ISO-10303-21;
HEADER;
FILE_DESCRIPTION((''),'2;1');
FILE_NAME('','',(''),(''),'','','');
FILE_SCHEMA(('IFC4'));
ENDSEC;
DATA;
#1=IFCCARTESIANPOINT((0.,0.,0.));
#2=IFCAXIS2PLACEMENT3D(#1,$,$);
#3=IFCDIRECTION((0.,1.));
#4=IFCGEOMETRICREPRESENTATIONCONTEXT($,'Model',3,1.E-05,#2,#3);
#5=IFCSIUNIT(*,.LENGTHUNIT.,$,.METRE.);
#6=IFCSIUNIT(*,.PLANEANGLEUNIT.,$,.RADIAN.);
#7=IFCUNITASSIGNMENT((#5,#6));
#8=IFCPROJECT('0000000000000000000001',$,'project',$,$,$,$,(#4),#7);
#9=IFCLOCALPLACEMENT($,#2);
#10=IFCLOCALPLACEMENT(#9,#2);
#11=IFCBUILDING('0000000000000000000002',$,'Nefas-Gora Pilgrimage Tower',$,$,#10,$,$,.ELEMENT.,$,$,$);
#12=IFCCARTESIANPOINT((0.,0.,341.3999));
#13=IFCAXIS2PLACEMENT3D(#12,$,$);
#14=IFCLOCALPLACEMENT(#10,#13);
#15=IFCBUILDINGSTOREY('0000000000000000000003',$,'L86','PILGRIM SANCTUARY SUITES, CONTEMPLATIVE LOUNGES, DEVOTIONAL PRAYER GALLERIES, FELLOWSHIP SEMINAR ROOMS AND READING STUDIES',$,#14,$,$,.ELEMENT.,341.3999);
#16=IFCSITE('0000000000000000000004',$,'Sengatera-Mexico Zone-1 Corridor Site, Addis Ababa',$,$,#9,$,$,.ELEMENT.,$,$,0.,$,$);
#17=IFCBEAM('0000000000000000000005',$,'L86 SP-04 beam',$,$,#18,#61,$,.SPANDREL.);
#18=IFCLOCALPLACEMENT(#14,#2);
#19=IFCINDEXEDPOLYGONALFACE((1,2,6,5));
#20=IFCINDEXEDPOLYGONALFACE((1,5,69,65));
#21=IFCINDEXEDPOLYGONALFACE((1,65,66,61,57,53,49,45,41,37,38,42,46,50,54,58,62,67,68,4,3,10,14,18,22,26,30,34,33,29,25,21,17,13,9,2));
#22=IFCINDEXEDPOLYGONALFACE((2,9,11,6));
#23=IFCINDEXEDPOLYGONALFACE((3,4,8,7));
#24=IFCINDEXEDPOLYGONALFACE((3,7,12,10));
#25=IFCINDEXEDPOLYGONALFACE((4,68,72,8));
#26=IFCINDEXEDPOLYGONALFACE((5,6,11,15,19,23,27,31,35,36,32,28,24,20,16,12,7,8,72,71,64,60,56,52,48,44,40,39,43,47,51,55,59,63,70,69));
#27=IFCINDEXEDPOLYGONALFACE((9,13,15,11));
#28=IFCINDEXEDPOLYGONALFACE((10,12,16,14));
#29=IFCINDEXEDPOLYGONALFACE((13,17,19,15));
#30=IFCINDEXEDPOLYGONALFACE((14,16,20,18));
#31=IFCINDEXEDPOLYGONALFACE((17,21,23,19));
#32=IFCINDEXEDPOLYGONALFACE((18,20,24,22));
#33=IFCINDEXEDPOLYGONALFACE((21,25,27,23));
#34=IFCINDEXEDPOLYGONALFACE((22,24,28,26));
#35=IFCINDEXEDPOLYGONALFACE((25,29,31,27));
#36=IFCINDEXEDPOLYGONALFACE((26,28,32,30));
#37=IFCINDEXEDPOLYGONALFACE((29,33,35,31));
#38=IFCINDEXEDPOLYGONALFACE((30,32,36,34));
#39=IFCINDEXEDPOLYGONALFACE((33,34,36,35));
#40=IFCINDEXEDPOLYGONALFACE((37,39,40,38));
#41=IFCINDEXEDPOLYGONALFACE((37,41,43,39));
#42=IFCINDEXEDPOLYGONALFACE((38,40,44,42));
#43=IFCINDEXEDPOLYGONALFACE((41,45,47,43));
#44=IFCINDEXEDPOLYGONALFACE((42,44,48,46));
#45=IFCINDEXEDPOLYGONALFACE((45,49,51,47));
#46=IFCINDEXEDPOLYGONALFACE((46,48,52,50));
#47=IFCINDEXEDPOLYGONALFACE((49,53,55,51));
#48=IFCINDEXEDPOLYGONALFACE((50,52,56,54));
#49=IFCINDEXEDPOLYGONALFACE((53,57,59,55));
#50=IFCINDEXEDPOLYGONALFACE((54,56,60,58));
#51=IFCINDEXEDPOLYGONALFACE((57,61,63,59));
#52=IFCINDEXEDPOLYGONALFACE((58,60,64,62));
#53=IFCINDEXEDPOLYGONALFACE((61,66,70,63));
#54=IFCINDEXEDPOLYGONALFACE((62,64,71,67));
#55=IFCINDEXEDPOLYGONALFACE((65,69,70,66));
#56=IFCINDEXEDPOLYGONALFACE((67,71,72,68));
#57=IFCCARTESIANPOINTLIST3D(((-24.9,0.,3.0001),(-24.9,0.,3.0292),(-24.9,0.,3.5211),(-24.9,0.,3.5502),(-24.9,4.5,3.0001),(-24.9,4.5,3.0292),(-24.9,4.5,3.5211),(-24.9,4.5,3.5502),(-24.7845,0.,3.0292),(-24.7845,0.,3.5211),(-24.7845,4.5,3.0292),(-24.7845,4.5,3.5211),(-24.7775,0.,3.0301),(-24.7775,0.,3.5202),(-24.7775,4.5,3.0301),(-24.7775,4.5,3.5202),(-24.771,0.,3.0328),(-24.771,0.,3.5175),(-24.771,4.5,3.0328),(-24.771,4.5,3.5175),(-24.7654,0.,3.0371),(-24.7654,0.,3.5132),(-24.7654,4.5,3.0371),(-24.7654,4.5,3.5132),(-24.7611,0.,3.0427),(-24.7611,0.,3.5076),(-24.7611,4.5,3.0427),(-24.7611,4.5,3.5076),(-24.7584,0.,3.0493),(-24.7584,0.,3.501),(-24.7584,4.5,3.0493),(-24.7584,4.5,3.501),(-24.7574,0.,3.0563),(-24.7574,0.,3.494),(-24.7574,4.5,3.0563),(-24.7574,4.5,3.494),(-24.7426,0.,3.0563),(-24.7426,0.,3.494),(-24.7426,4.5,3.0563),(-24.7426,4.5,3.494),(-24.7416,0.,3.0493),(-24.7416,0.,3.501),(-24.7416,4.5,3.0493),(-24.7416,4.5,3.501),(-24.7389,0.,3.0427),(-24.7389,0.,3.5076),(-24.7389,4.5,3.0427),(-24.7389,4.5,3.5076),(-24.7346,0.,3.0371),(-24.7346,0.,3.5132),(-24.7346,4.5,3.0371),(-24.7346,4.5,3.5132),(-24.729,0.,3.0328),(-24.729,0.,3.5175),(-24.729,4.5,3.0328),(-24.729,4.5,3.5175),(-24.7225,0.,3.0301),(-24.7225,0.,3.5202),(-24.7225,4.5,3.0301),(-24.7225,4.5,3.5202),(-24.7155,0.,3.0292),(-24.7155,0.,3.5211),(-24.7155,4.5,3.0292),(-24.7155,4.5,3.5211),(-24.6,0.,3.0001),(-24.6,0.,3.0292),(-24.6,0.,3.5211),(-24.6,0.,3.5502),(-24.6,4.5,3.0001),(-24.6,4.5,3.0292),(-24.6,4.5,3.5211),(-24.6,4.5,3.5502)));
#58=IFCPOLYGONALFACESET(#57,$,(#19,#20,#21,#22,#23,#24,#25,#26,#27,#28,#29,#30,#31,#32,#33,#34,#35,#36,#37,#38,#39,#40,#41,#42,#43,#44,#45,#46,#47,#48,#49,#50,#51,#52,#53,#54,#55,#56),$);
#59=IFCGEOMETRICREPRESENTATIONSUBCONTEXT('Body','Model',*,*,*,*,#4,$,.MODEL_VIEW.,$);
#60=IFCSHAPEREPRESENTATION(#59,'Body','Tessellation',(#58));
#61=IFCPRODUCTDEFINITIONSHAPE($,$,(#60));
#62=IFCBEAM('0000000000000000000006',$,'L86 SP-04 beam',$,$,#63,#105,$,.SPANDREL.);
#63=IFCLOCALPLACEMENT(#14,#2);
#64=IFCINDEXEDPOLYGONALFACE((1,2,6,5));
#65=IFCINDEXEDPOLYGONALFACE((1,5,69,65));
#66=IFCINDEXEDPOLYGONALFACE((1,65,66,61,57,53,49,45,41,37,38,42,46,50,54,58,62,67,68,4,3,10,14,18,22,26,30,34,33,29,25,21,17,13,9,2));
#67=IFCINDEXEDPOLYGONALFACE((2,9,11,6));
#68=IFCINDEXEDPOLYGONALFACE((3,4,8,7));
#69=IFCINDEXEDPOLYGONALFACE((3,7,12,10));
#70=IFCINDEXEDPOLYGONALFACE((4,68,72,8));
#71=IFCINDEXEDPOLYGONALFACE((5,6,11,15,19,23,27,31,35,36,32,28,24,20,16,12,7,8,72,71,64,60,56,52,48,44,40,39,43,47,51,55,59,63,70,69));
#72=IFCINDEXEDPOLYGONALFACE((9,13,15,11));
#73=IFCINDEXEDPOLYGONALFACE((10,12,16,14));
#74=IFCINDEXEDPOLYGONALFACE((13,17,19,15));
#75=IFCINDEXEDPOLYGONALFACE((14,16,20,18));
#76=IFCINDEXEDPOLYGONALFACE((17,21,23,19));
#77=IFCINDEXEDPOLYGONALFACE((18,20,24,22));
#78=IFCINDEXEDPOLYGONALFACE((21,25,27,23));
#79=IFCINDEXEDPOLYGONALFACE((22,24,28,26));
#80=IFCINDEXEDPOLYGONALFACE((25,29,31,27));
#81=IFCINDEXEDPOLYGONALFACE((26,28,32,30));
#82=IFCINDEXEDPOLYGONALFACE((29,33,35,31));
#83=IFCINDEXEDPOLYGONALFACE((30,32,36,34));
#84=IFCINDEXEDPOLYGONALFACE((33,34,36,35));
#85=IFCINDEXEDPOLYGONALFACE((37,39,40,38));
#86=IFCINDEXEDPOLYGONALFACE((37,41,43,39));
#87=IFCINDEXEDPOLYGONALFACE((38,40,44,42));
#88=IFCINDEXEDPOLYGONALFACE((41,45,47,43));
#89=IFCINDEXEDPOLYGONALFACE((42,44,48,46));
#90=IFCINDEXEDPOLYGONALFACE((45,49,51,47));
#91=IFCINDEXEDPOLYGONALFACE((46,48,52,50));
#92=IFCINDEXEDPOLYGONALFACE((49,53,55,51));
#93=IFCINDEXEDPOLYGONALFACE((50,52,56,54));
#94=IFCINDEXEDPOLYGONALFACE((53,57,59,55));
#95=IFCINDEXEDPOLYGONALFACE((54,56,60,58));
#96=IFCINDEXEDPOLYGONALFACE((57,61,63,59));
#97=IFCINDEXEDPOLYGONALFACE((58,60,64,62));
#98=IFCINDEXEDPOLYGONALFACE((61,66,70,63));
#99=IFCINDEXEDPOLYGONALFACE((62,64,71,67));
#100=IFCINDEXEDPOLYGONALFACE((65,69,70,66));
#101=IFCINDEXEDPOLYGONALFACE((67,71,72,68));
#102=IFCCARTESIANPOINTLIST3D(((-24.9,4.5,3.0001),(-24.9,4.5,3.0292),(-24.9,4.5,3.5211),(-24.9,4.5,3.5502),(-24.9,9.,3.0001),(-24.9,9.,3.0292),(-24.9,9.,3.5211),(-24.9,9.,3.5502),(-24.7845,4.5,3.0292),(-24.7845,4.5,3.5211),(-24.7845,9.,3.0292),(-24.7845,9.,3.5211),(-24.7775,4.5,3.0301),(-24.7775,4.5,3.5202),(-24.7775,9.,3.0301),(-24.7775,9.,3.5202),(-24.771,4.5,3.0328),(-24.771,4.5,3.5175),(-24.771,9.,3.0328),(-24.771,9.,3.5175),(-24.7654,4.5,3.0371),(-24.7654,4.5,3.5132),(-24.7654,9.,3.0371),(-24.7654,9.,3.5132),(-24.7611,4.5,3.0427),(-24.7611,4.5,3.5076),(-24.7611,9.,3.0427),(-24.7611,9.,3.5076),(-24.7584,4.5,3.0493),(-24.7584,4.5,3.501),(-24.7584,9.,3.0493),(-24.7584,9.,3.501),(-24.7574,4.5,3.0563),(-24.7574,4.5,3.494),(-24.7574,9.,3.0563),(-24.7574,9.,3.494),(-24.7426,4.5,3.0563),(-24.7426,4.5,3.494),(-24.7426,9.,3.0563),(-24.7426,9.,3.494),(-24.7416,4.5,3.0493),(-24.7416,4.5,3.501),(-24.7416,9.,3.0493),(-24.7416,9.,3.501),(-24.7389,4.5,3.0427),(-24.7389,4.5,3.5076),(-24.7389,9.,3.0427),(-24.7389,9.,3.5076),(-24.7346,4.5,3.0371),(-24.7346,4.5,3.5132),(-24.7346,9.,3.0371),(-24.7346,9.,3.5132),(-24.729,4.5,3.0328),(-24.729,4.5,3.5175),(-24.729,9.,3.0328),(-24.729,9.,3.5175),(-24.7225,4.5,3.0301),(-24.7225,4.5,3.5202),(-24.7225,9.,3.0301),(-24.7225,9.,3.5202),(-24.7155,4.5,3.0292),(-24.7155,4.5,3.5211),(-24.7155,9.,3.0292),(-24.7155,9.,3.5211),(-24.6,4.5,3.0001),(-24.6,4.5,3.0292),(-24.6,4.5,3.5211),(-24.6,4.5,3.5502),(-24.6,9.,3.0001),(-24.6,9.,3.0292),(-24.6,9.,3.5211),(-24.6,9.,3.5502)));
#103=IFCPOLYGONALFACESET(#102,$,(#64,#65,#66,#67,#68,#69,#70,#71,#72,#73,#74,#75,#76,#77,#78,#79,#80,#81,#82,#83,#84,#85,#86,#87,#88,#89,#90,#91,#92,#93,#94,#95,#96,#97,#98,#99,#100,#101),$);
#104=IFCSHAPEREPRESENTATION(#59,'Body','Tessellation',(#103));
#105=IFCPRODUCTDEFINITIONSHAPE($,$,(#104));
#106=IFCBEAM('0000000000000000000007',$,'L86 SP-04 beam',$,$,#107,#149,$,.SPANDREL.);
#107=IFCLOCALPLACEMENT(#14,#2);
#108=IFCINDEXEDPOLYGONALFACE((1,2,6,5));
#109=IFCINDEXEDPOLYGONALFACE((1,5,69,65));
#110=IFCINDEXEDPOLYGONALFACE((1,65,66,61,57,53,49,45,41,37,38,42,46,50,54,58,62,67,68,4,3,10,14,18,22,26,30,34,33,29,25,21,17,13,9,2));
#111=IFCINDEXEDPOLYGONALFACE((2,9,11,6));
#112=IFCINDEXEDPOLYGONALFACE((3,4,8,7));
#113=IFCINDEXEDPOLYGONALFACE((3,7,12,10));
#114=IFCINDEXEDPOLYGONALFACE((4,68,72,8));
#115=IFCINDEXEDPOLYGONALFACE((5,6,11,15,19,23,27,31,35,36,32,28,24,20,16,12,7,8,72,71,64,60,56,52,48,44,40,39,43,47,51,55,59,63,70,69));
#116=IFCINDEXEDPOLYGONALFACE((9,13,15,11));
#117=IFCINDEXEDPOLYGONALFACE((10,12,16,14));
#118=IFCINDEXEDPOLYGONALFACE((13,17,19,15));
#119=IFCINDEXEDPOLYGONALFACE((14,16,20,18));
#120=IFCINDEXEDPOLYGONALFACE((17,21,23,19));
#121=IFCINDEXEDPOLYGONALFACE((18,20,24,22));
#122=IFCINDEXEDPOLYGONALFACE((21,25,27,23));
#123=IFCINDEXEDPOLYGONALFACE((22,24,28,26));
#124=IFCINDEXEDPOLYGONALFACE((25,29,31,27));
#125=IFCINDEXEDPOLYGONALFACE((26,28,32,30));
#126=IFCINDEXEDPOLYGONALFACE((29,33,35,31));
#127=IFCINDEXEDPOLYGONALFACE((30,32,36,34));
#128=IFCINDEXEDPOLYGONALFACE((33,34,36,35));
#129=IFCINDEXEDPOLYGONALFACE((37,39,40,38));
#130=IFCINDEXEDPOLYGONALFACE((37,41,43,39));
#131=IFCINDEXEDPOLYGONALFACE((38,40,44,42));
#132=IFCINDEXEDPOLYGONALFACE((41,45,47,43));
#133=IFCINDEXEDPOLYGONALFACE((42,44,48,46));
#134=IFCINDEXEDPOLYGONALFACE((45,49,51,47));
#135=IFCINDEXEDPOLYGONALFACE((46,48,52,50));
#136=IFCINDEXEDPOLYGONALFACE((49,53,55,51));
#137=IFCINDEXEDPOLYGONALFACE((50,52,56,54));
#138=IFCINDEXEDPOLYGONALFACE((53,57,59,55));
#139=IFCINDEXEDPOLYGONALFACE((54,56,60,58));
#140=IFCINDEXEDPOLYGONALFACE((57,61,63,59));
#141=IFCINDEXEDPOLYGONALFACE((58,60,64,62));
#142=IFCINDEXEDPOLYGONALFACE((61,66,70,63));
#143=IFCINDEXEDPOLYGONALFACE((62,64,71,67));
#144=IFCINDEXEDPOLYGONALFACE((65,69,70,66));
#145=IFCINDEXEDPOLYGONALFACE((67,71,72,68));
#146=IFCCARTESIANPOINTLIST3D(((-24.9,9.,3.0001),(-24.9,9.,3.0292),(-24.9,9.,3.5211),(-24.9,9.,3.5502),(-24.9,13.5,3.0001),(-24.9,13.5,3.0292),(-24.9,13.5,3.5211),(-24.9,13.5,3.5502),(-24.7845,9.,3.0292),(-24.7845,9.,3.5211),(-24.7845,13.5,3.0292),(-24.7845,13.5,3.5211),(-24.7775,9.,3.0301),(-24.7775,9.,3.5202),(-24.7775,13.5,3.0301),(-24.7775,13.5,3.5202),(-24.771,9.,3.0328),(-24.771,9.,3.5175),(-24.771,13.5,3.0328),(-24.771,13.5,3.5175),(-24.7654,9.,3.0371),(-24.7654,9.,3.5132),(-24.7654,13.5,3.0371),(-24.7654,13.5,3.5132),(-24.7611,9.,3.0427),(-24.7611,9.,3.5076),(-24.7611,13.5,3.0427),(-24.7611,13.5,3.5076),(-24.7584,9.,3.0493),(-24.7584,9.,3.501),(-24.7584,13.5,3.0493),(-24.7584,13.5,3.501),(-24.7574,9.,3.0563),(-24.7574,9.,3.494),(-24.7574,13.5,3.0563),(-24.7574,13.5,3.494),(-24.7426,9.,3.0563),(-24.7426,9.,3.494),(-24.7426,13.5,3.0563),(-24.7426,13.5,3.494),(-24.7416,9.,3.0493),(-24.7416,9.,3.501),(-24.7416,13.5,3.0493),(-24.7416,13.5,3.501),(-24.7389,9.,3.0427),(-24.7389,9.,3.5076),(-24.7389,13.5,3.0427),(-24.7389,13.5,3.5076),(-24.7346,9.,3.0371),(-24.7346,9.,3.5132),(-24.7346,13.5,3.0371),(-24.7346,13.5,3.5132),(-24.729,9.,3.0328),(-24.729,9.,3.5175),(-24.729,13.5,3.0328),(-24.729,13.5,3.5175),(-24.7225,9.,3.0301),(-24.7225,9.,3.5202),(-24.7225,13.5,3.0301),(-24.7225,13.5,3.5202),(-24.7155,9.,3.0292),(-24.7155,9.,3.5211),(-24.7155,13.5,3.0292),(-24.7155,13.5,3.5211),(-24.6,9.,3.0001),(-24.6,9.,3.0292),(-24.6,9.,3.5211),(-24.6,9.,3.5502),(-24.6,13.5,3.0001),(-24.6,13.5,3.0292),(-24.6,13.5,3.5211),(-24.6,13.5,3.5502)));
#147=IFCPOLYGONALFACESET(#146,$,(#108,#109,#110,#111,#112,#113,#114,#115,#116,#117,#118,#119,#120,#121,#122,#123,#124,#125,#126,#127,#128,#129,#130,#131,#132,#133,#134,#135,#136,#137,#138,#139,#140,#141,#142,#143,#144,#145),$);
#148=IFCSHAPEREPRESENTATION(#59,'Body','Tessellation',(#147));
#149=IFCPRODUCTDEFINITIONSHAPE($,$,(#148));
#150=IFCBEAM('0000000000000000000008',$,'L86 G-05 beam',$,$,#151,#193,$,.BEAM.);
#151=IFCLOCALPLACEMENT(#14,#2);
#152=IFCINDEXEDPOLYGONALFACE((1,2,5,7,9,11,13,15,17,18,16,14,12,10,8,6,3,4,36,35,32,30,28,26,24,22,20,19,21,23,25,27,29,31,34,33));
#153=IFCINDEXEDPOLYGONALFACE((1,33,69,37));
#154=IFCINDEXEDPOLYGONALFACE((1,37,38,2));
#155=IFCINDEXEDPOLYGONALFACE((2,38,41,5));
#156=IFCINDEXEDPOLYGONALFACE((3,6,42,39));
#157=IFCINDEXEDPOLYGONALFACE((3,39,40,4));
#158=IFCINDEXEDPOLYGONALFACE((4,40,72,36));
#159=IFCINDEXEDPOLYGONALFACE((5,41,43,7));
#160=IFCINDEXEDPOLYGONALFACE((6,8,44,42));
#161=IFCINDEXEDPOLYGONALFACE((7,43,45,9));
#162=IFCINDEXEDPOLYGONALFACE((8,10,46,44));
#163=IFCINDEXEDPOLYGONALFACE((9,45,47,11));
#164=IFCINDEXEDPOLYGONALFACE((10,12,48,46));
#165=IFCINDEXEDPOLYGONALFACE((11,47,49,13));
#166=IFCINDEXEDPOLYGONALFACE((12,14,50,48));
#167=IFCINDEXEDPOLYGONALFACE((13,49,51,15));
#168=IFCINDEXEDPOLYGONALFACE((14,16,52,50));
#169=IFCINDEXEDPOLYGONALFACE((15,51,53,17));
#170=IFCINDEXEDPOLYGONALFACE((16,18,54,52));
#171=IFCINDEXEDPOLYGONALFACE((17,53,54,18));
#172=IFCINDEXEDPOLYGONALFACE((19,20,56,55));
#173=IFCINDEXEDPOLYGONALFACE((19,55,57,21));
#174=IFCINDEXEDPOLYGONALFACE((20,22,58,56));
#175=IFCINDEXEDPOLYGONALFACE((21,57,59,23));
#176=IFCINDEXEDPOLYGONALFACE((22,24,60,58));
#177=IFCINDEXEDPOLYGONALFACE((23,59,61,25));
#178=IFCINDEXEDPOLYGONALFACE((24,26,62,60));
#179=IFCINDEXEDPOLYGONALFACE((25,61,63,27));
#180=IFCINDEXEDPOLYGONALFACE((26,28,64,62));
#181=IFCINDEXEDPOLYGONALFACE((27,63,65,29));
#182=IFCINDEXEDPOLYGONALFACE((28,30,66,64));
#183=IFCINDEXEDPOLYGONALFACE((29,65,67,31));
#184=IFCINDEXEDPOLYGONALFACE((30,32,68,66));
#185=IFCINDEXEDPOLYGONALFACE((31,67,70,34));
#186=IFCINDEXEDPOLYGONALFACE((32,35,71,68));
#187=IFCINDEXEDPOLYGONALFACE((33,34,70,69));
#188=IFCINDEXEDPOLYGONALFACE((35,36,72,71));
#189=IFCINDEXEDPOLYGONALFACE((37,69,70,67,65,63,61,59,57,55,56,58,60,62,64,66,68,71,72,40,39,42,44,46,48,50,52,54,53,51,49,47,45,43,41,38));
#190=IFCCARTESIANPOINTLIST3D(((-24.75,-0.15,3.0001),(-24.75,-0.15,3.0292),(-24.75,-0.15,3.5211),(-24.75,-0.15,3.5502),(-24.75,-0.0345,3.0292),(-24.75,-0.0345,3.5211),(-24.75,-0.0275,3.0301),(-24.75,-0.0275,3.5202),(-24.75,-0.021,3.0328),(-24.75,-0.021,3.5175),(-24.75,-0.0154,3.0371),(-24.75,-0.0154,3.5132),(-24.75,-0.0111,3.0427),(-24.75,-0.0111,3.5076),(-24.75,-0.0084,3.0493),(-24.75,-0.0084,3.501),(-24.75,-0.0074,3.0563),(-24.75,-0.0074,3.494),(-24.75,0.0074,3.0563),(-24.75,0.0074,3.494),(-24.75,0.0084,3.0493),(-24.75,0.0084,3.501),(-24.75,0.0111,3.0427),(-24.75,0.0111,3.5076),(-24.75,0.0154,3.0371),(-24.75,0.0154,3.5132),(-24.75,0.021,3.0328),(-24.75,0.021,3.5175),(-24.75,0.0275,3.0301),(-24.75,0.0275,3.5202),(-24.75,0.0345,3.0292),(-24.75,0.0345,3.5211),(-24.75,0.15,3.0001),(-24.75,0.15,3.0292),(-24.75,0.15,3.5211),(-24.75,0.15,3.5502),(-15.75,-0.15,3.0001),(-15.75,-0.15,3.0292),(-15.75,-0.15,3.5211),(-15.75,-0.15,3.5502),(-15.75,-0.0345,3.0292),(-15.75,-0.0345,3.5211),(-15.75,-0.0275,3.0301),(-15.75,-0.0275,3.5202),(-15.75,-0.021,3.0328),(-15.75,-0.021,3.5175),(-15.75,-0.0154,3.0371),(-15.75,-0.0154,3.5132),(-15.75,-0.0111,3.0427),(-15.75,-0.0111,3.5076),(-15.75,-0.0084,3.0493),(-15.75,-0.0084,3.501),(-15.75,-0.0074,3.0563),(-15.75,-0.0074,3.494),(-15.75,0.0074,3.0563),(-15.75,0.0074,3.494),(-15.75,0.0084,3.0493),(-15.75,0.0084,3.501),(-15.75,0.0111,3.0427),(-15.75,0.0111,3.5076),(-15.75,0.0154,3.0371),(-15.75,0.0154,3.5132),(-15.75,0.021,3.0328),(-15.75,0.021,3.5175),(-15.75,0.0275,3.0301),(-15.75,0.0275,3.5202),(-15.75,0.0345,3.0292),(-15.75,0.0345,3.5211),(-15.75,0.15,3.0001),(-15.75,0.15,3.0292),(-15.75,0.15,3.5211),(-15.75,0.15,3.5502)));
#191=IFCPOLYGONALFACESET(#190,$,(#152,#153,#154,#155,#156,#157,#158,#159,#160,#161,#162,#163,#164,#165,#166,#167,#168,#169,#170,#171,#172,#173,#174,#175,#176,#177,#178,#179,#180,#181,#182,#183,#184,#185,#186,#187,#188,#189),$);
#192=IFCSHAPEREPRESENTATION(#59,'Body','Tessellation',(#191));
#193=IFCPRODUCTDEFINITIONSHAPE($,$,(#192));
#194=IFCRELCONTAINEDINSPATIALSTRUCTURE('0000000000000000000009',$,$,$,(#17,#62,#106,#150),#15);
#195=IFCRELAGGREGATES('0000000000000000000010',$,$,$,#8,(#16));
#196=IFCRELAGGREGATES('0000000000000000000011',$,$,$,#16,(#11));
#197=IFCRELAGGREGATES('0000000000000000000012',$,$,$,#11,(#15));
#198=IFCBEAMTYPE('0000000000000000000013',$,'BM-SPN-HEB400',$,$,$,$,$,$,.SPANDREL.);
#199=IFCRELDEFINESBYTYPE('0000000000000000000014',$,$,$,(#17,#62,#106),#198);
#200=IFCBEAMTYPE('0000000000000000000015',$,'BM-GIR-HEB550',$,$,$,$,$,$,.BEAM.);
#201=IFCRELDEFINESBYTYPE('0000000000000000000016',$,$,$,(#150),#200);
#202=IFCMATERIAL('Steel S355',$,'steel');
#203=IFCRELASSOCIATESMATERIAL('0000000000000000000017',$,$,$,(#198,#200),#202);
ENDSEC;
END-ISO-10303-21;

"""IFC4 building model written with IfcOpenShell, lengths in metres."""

from ifc_helpers import new_model, si_unit, direction, frame, origin, origin_2d, place, context, subcontext, project, spatial, i_section, extrude, source, transform, mapped, material, material_profile, profile_set, type_object, element, save


model = new_model("IFC4")

# Units and contexts
model_context = context("Model", 3, precision=1e-05, world=origin(), true_north=direction((0.0, 1.0)))
body_context = subcontext(model_context, "Body", "Model", "MODEL_VIEW")
ifc_project = project(units=[si_unit("LENGTHUNIT", "METRE"), si_unit("PLANEANGLEUNIT", "RADIAN")], contexts=[model_context])

# Site, building, storey
site_placement = place(None, origin())
site = spatial("IfcSite", under=ifc_project, at=site_placement, Name="Sengatera-Mexico Zone-1 Corridor Site, Addis Ababa", CompositionType="ELEMENT", RefElevation=0.0)
building_placement = place(site_placement, origin())
building = spatial("IfcBuilding", under=site, at=building_placement, Name="Nefas-Gora Pilgrimage Tower", CompositionType="ELEMENT")
storey_placement = place(building_placement, frame((0.0, 0.0, 341.3999)))
storey = spatial("IfcBuildingStorey", under=building, at=storey_placement, Name="L86", Description="PILGRIM SANCTUARY SUITES, CONTEMPLATIVE LOUNGES, DEVOTIONAL PRAYER GALLERIES, FELLOWSHIP SEMINAR ROOMS AND READING STUDIES", CompositionType="ELEMENT", Elevation=341.3999)

# Shared definitions
ifc_material_1 = material(Name="Steel S355", Category="steel")

# Beams
ifc_material_profile_1 = material_profile(ifc_material_1, i_section(OverallWidth=0.3, OverallDepth=0.55, WebThickness=0.0149, FlangeThickness=0.0291, FilletRadius=0.0271, at=origin_2d()), Name="HEB 550")
ifc_profile_set_1 = profile_set([ifc_material_profile_1], Name="Steel S355")
beam_type_1 = type_object("IfcBeamType", Name="BM-SPN-HEB400", PredefinedType="SPANDREL", material=ifc_profile_set_1)
shared_shape_1 = source(origin(), body_context, "Body", "SweptSolid", [
    extrude(i_section(OverallWidth=0.3, OverallDepth=0.55, WebThickness=0.0149, FlangeThickness=0.0291, FilletRadius=0.0271, at=origin_2d()), origin(), (0.0, 0.0, 1.0), 4.5),
])
for number, where, z_axis, x_axis, name in (
    (1, (-24.75, 0.0, 3.2751), (0.0, 1.0, 0.0), (-1.0, 0.0, 0.0), "L86 SP-04 beam"),
    (2, (-24.75, 4.5, 3.2751), (0.0, 1.0, 0.0), (-1.0, 0.0, 0.0), "L86 SP-04 beam"),
    (3, (-24.75, 9.0, 3.2751), (0.0, 1.0, 0.0), (-1.0, 0.0, 0.0), "L86 SP-04 beam"),
):
    element("IfcBeam", number, at=place(storey_placement, frame(where, z_axis=z_axis, x_axis=x_axis)), inside=storey, type_object=beam_type_1, Name=name, PredefinedType="SPANDREL", context=body_context, shape_type="MappedRepresentation", body=[
        mapped(shared_shape_1, transform((0.0, 0.0, 0.0), x_axis=(1.0, 0.0, 0.0), y_axis=(0.0, 1.0, 0.0), z_axis=(0.0, 0.0, 1.0), scale=1.0)),
    ])
ifc_material_profile_2 = material_profile(ifc_material_1, i_section(OverallWidth=0.3, OverallDepth=0.55, WebThickness=0.0149, FlangeThickness=0.0291, FilletRadius=0.0271, at=origin_2d()), Name="HEB 550")
ifc_profile_set_2 = profile_set([ifc_material_profile_2], Name="Steel S355")
beam_type_2 = type_object("IfcBeamType", Name="BM-GIR-HEB550", PredefinedType="BEAM", material=ifc_profile_set_2)
shared_shape_2 = source(origin(), body_context, "Body", "SweptSolid", [
    extrude(i_section(OverallWidth=0.3, OverallDepth=0.55, WebThickness=0.0149, FlangeThickness=0.0291, FilletRadius=0.0271, at=origin_2d()), origin(), (0.0, 0.0, 1.0), 9.0),
])
for number, where, z_axis, x_axis, name in (
    (4, (-24.75, 0.0, 3.2751), (1.0, 0.0, 0.0), (0.0, 1.0, 0.0), "L86 G-05 beam"),
):
    element("IfcBeam", number, at=place(storey_placement, frame(where, z_axis=z_axis, x_axis=x_axis)), inside=storey, type_object=beam_type_2, Name=name, PredefinedType="BEAM", context=body_context, shape_type="MappedRepresentation", body=[
        mapped(shared_shape_2, transform((0.0, 0.0, 0.0), x_axis=(1.0, 0.0, 0.0), y_axis=(0.0, 1.0, 0.0), z_axis=(0.0, 0.0, 1.0), scale=1.0)),
    ])

save(model, "model.ifc")
